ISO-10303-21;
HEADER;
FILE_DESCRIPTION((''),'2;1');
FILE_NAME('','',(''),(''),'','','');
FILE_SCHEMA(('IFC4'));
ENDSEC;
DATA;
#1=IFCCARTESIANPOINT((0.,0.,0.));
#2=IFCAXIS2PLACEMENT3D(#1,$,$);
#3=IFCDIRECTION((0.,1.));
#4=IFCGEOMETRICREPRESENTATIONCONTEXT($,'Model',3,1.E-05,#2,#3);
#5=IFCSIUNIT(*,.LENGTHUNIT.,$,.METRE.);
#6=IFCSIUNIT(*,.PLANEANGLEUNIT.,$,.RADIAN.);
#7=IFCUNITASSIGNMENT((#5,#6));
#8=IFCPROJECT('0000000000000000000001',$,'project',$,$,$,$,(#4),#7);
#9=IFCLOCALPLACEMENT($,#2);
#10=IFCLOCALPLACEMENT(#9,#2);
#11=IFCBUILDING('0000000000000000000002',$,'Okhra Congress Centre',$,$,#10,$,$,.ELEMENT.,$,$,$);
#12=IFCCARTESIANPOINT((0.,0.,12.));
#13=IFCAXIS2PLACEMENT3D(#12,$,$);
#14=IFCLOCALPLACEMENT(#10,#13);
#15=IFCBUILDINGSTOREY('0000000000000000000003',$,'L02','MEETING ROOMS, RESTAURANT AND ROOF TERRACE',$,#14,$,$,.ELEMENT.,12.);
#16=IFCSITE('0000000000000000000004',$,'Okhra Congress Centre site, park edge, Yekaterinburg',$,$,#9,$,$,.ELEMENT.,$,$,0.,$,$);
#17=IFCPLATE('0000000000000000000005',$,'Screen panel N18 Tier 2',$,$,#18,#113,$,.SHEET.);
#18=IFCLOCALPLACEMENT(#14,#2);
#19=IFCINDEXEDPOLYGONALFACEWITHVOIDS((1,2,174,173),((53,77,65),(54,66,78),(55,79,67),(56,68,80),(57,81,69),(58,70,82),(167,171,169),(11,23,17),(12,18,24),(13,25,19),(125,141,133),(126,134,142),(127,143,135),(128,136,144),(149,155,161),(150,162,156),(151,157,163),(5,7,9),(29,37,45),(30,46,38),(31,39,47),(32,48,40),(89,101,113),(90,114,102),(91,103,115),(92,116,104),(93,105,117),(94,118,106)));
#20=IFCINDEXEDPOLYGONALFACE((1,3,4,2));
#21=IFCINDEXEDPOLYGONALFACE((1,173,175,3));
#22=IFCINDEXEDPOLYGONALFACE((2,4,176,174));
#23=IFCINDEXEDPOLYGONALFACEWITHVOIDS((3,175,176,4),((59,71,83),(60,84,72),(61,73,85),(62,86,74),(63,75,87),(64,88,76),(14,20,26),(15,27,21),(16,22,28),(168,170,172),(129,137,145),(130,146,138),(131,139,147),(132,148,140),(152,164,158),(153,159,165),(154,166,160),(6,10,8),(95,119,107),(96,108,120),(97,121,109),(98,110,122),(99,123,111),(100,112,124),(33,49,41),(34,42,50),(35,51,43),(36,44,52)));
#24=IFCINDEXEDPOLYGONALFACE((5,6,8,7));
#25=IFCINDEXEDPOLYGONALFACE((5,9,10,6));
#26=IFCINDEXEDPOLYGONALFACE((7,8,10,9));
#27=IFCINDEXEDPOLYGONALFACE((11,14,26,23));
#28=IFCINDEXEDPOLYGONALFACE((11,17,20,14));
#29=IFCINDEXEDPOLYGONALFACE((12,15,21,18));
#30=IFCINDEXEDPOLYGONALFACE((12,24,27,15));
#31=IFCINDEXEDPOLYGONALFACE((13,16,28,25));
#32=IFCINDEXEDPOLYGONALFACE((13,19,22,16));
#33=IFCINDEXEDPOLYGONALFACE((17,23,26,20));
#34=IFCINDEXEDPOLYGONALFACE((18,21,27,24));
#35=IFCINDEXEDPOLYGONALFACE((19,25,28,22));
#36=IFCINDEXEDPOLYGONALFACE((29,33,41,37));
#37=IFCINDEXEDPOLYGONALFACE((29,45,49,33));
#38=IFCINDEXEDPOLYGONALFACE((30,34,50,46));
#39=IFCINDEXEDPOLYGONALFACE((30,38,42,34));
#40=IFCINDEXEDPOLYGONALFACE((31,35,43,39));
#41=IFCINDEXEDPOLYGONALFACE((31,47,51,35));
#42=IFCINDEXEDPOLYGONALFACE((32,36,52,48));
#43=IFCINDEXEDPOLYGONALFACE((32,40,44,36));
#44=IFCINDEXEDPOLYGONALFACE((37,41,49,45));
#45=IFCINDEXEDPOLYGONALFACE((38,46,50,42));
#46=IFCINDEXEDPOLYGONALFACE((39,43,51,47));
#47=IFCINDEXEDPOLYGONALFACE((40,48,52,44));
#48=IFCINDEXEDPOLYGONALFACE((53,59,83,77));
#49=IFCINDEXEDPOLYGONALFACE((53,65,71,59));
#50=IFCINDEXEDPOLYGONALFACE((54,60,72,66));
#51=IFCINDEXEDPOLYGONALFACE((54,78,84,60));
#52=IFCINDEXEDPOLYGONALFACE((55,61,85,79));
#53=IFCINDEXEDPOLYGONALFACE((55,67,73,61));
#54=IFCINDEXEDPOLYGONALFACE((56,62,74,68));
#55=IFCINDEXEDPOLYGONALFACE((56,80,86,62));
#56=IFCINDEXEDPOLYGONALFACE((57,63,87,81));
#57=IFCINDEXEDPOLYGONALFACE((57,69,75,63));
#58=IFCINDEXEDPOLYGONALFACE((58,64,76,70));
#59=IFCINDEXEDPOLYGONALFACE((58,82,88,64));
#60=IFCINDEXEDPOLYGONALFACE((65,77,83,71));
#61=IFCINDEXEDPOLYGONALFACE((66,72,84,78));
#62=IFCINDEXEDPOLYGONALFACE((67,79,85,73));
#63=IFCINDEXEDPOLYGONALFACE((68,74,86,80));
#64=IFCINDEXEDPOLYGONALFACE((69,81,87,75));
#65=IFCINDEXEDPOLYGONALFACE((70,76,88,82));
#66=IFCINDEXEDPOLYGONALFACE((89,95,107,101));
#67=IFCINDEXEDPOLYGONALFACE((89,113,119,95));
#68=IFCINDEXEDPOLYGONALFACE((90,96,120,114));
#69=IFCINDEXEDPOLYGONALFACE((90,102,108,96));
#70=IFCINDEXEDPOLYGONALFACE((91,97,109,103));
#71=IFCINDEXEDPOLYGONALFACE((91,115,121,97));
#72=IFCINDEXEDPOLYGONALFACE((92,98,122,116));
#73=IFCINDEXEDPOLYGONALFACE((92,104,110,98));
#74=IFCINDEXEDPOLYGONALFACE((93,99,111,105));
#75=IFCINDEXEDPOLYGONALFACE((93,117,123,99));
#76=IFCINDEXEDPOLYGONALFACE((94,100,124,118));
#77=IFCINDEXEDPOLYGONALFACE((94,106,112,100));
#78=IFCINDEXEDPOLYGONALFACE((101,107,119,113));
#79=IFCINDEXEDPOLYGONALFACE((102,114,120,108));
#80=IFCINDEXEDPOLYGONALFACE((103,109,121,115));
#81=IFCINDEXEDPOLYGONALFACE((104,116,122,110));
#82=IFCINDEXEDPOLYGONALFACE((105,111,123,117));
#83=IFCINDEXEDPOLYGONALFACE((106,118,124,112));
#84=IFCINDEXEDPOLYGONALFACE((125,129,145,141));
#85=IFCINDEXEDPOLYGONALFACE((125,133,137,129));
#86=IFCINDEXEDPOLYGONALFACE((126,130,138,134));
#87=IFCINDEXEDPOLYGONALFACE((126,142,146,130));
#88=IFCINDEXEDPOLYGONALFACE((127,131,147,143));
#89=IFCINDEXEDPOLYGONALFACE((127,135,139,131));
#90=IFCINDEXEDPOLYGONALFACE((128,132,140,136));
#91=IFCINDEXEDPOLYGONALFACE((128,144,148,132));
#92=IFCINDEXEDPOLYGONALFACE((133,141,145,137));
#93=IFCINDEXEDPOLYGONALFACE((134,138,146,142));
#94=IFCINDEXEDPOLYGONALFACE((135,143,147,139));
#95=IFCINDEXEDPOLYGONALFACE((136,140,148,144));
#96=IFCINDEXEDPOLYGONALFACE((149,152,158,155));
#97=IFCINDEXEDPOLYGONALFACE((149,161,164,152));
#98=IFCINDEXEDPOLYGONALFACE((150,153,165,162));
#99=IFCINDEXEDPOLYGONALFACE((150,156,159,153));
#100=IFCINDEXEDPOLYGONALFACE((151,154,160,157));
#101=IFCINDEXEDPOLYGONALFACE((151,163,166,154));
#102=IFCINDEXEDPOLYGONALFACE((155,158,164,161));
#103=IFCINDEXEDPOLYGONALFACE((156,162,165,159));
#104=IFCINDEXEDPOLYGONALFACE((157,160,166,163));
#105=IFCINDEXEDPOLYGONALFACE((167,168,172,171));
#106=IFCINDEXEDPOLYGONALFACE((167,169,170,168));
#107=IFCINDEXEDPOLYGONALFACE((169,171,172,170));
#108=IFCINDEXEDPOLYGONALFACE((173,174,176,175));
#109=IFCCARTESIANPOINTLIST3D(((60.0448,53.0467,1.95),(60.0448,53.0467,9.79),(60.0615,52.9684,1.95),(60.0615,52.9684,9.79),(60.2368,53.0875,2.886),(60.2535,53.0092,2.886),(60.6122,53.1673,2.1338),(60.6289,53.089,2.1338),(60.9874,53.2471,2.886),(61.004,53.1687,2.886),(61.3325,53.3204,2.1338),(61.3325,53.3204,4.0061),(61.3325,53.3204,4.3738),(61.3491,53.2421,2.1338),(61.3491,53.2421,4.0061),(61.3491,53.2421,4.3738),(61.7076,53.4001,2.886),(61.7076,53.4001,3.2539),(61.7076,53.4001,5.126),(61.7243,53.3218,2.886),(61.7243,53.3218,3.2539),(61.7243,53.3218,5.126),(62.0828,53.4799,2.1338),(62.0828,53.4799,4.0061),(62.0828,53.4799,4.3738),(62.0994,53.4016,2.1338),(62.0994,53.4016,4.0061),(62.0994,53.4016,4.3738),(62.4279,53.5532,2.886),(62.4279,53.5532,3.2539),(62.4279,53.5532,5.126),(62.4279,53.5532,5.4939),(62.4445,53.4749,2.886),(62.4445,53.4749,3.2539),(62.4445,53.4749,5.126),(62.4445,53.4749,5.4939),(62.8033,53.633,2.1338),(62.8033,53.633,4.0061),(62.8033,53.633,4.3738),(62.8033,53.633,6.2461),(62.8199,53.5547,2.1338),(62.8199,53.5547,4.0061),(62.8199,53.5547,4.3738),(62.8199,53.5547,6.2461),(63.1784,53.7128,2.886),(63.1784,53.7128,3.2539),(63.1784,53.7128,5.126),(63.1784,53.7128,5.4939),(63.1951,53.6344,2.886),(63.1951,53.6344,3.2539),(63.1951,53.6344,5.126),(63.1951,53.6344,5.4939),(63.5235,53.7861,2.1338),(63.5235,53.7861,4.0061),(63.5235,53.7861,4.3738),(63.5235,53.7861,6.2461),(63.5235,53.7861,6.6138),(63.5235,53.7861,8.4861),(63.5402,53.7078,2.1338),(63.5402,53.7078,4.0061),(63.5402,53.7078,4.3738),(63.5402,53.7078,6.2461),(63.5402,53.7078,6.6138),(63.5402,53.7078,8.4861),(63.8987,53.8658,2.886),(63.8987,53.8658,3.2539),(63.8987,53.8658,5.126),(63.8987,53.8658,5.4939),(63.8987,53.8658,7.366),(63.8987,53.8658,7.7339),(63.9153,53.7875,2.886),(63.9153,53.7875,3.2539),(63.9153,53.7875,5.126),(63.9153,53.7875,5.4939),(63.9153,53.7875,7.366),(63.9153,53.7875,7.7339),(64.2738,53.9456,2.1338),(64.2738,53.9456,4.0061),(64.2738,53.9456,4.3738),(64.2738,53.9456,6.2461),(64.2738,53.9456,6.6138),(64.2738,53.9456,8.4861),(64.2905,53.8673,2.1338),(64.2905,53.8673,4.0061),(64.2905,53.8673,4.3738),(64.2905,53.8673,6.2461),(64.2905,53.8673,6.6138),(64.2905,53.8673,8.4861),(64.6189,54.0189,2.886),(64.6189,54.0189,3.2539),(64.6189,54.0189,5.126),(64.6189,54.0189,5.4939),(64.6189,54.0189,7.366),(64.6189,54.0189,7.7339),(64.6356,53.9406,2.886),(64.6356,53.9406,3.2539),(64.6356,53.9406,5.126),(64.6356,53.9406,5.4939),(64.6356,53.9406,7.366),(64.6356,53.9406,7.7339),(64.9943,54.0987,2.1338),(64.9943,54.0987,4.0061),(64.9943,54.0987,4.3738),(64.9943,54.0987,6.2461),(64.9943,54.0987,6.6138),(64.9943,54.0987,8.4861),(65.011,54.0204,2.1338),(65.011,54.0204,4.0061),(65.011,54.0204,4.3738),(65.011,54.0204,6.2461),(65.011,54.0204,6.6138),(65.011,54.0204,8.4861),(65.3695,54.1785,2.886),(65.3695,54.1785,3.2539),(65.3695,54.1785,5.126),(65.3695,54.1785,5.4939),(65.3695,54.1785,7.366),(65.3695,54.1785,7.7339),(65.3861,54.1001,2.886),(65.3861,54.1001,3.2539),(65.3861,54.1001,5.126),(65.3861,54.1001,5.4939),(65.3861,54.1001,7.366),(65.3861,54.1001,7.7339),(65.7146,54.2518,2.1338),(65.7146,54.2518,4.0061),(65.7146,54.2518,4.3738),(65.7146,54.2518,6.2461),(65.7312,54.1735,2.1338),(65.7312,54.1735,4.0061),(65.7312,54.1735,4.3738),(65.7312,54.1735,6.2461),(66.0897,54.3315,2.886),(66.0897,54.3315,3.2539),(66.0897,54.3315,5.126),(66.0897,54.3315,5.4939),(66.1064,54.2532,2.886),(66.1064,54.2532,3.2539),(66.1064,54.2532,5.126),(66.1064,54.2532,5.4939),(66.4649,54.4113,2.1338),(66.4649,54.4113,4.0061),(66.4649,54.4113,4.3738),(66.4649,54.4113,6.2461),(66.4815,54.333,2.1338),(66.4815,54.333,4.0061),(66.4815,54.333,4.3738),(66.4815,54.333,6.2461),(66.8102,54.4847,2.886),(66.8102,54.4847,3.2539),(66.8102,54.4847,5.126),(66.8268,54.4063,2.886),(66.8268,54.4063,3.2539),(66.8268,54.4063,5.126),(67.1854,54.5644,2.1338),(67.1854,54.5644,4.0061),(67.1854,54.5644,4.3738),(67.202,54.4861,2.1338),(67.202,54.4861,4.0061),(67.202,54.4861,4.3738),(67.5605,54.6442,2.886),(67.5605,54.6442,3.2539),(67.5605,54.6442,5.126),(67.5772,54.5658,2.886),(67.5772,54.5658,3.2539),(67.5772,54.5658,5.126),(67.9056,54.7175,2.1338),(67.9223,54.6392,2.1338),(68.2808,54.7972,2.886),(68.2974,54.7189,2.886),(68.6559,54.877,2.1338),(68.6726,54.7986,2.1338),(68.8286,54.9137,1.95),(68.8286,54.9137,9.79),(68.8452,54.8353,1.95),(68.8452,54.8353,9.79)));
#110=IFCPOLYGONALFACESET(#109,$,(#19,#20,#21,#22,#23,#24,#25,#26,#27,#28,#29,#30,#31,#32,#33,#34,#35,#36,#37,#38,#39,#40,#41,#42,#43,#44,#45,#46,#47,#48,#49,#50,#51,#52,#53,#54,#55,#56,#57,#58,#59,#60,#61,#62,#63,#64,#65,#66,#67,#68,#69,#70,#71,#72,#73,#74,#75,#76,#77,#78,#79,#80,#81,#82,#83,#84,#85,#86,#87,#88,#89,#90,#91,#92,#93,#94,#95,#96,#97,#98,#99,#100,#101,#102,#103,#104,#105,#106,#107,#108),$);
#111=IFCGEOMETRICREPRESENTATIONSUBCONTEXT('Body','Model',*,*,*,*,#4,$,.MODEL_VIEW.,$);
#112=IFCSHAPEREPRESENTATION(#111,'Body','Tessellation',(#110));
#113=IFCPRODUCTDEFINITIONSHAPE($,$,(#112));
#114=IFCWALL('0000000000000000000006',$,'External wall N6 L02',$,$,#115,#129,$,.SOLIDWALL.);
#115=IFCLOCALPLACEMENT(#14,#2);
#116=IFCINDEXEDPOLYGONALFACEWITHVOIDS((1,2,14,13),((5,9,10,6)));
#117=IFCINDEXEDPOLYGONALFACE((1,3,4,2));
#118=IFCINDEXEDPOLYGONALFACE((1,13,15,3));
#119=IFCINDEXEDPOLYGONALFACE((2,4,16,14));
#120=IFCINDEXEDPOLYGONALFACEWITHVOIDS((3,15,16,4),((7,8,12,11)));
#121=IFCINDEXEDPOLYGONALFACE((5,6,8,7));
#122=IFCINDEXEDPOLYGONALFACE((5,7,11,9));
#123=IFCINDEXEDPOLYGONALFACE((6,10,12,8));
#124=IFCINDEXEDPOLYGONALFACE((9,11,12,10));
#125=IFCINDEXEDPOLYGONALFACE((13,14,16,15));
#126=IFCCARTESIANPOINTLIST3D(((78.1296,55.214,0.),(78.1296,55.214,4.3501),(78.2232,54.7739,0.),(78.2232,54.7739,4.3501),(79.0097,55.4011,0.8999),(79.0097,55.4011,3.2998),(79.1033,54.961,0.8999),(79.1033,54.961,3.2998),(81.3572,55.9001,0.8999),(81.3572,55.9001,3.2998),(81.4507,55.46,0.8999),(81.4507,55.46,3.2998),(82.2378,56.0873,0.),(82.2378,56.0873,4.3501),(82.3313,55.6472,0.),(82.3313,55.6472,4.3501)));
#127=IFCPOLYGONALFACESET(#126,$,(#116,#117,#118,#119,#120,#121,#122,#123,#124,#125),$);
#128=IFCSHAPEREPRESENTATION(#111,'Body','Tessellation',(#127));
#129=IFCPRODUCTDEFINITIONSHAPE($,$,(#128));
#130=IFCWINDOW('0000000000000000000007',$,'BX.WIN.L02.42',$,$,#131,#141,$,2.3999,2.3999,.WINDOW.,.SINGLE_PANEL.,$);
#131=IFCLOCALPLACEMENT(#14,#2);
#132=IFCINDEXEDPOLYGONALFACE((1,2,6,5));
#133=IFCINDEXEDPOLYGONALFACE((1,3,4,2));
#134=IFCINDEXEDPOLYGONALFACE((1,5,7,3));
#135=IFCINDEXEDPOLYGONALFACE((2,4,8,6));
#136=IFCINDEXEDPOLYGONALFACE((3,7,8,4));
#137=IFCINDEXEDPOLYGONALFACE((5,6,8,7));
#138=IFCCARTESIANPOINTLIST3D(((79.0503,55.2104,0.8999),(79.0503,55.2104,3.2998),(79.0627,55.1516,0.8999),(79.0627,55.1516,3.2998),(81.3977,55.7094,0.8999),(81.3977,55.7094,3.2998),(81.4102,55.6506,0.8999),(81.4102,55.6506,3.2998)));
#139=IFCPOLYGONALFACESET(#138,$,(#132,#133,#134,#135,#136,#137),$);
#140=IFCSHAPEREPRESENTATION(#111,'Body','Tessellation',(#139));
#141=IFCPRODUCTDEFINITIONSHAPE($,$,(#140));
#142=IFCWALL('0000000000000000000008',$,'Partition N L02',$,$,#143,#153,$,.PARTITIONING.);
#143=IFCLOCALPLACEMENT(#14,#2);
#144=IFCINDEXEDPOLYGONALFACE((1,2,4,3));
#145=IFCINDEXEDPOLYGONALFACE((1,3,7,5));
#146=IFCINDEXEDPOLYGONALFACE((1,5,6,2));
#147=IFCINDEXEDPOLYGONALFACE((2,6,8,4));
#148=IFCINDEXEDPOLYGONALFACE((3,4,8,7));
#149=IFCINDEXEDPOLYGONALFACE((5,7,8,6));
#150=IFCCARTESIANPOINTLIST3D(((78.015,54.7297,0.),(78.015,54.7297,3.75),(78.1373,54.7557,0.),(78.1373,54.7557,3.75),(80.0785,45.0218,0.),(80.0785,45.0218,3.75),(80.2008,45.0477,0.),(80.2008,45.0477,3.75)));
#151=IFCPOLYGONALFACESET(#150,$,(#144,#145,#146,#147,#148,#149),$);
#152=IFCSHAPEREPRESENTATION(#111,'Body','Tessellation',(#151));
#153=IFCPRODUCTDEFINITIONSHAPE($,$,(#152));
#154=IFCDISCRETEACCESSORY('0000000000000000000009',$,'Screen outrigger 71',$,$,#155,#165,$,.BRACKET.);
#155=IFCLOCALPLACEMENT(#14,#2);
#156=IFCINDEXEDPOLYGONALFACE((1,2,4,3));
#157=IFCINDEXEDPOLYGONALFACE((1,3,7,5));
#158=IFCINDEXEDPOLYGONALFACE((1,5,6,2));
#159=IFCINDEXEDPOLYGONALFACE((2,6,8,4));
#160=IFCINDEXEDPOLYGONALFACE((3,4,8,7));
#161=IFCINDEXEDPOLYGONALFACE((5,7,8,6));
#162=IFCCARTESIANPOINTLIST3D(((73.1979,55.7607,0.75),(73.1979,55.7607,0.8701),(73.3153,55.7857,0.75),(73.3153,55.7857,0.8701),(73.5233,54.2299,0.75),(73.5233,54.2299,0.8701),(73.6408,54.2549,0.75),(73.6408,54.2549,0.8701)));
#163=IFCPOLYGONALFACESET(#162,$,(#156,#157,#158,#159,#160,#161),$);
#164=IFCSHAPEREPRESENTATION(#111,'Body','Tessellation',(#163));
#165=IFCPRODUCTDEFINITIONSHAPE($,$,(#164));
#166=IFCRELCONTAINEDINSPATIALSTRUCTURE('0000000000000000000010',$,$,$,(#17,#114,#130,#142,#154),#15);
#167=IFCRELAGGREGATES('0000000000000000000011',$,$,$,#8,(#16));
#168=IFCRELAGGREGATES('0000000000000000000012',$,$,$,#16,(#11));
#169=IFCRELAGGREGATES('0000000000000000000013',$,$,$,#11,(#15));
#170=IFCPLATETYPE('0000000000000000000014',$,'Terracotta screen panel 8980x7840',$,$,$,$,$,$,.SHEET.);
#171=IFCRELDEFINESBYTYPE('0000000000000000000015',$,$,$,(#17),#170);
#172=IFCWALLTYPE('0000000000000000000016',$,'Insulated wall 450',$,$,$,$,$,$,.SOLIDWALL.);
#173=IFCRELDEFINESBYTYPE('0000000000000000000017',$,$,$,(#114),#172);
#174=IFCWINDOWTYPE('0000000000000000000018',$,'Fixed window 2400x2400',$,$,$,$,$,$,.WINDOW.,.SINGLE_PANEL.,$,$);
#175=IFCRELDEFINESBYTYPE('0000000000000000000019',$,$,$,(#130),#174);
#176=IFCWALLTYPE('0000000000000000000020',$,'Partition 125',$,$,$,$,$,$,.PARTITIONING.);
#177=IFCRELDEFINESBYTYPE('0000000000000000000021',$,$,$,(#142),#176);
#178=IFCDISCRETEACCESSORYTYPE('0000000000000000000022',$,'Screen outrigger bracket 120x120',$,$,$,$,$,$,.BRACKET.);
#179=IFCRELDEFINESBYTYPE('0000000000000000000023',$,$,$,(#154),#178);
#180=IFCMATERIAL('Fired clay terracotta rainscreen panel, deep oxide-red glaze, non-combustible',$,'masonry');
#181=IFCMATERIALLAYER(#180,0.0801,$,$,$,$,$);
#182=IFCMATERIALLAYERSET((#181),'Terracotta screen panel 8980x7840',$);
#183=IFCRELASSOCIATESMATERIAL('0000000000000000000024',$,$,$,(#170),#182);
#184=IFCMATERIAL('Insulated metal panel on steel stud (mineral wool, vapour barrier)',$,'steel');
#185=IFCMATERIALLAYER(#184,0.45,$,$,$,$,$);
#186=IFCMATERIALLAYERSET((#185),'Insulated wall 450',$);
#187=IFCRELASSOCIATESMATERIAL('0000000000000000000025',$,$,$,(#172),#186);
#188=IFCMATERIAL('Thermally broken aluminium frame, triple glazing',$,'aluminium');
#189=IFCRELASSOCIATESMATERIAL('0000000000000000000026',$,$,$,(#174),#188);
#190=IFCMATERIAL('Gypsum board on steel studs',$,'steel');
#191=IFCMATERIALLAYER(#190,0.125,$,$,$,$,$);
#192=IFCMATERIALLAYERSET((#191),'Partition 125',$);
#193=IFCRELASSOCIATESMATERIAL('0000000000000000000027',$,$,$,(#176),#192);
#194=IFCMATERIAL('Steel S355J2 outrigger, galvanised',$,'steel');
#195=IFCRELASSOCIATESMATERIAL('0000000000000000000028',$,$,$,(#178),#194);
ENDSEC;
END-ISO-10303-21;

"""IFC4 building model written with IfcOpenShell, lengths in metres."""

from ifc_helpers import new_model, si_unit, direction, frame, frame_2d, origin, origin_2d, place, context, subcontext, project, spatial, polyline, rectangle, outline, extrude, material, layer, layer_set, material_profile, profile_set, type_object, element, fill, save


model = new_model("IFC4")

# Units and contexts
model_context = context("Model", 3, precision=1e-05, world=origin(), true_north=direction((0.0, 1.0)))
body_context = subcontext(model_context, "Body", "Model", "MODEL_VIEW")
ifc_project = project(units=[si_unit("LENGTHUNIT", "METRE"), si_unit("PLANEANGLEUNIT", "RADIAN")], contexts=[model_context])

# Site, building, storey
site_placement = place(None, origin())
site = spatial("IfcSite", under=ifc_project, at=site_placement, Name="Okhra Congress Centre site, park edge, Yekaterinburg", CompositionType="ELEMENT", RefElevation=0.0)
building_placement = place(site_placement, origin())
building = spatial("IfcBuilding", under=site, at=building_placement, Name="Okhra Congress Centre", CompositionType="ELEMENT")
storey_placement = place(building_placement, frame((0.0, 0.0, 12.0)))
storey = spatial("IfcBuildingStorey", under=building, at=storey_placement, Name="L02", Description="MEETING ROOMS, RESTAURANT AND ROOF TERRACE", CompositionType="ELEMENT", Elevation=12.0)

# Plate
ifc_material_1 = material(Name="Fired clay terracotta rainscreen panel, deep oxide-red glaze, non-combustible", Category="masonry")
ifc_layer_1 = layer(ifc_material_1, 0.0801)
ifc_layer_set_1 = layer_set([ifc_layer_1], Name="Terracotta screen panel 8980x7840")
plate_type = type_object("IfcPlateType", Name="Terracotta screen panel 8980x7840", PredefinedType="SHEET", material=ifc_layer_set_1)
plate_1_placement = place(storey_placement, frame((68.8369, 54.8745, 1.95), z_axis=(0.0, 0.0, 1.0), x_axis=(-0.97815, -0.207902, 0.0)))
element("IfcPlate", 1, at=plate_1_placement, inside=storey, type_object=plate_type, Name="Screen panel N18 Tier 2", PredefinedType="SHEET", context=body_context, shape_type="SweptSolid", body=[
    extrude(outline(polyline([(0.0, 0.0), (8.98, 0.0), (8.98, 7.8401), (0.0, 7.8401), (0.0, 0.0)]), holes=[polyline([(0.1765, 0.1838), (0.9436, 0.1838), (0.5601, 0.936), (0.1765, 0.1838)]), polyline([(1.2964, 0.936), (1.6799, 0.1838), (2.0635, 0.936), (1.2964, 0.936)]), polyline([(2.4165, 0.1838), (3.1836, 0.1838), (2.8, 0.936), (2.4165, 0.1838)]), polyline([(3.5364, 0.936), (3.9199, 0.1838), (4.3037, 0.936), (3.5364, 0.936)]), polyline([(4.6565, 0.1838), (5.4236, 0.1838), (5.04, 0.936), (4.6565, 0.1838)]), polyline([(5.7764, 0.936), (6.1599, 0.1838), (6.5437, 0.936), (5.7764, 0.936)]), polyline([(6.8965, 0.1838), (7.6636, 0.1838), (7.28, 0.936), (6.8965, 0.1838)]), polyline([(8.0164, 0.936), (8.3999, 0.1838), (8.7837, 0.936), (8.0164, 0.936)]), polyline([(1.2964, 1.304), (2.0635, 1.304), (1.6799, 2.0562), (1.2964, 1.304)]), polyline([(2.4165, 2.0562), (2.8, 1.304), (3.1836, 2.0562), (2.4165, 2.0562)]), polyline([(3.5364, 1.304), (4.3037, 1.304), (3.9199, 2.0562), (3.5364, 1.304)]), polyline([(4.6565, 2.0562), (5.04, 1.304), (5.4236, 2.0562), (4.6565, 2.0562)]), polyline([(5.7764, 1.304), (6.5437, 1.304), (6.1599, 2.0562), (5.7764, 1.304)]), polyline([(6.8965, 2.0562), (7.28, 1.304), (7.6636, 2.0562), (6.8965, 2.0562)]), polyline([(1.2964, 3.176), (1.6799, 2.4238), (2.0635, 3.176), (1.2964, 3.176)]), polyline([(2.4165, 2.4238), (3.1836, 2.4238), (2.8, 3.176), (2.4165, 2.4238)]), polyline([(3.5364, 3.176), (3.9199, 2.4238), (4.3037, 3.176), (3.5364, 3.176)]), polyline([(4.6565, 2.4238), (5.4236, 2.4238), (5.04, 3.176), (4.6565, 2.4238)]), polyline([(5.7764, 3.176), (6.1599, 2.4238), (6.5437, 3.176), (5.7764, 3.176)]), polyline([(6.8965, 2.4238), (7.6636, 2.4238), (7.28, 3.176), (6.8965, 2.4238)]), polyline([(2.4165, 4.2961), (2.8, 3.5439), (3.1836, 4.2961), (2.4165, 4.2961)]), polyline([(3.5364, 3.5439), (4.3037, 3.5439), (3.9199, 4.2961), (3.5364, 3.5439)]), polyline([(4.6565, 4.2961), (5.04, 3.5439), (5.4236, 4.2961), (4.6565, 4.2961)]), polyline([(5.7764, 3.5439), (6.5437, 3.5439), (6.1599, 4.2961), (5.7764, 3.5439)]), polyline([(3.5364, 5.416), (3.9199, 4.6638), (4.3037, 5.416), (3.5364, 5.416)]), polyline([(4.6565, 4.6638), (5.4236, 4.6638), (5.04, 5.416), (4.6565, 4.6638)]), polyline([(3.5364, 5.7839), (4.3037, 5.7839), (3.9199, 6.5361), (3.5364, 5.7839)]), polyline([(4.6565, 6.5361), (5.04, 5.7839), (5.4236, 6.5361), (4.6565, 6.5361)])]), frame((0.0, 0.04, 0.0), z_axis=(0.0, -1.0, 0.0), x_axis=(1.0, 0.0, 0.0)), (0.0, 0.0, 1.0), 0.0801),
])

# Wall, opening, window
ifc_material_2 = material(Name="Insulated metal panel on steel stud (mineral wool, vapour barrier)", Category="steel")
ifc_layer_2 = layer(ifc_material_2, 0.45)
ifc_layer_set_2 = layer_set([ifc_layer_2], Name="Insulated wall 450")
wall_type_1 = type_object("IfcWallType", Name="Insulated wall 450", PredefinedType="SOLIDWALL", material=ifc_layer_set_2)
wall_1_placement = place(storey_placement, frame((78.1763, 54.9939, 0.0), z_axis=(0.0, 0.0, 1.0), x_axis=(0.978144, 0.207929, 0.0)))
wall_1 = element("IfcWall", 2, at=wall_1_placement, inside=storey, type_object=wall_type_1, Name="External wall N6 L02", PredefinedType="SOLIDWALL", context=body_context, shape_type="SweptSolid", body=[
    extrude(rectangle(XDim=4.2, YDim=0.45, at=frame_2d((2.1001, 0.0))), origin(), (0.0, 0.0, 1.0), 4.3501),
])
opening_placement = place(wall_1_placement, frame((0.8999, 0.0, 0.8999)))
opening = element("IfcOpeningElement", 3, at=opening_placement, cuts=wall_1, PredefinedType="OPENING", context=body_context, shape_type="SweptSolid", body=[
    extrude(rectangle(XDim=2.3999, YDim=2.3999, at=frame_2d((1.2, 1.2))), frame((0.0, 0.2349, 0.0), z_axis=(0.0, -1.0, 0.0), x_axis=(1.0, 0.0, 0.0)), (0.0, 0.0, 1.0), 0.47),
])
ifc_material_3 = material(Name="Thermally broken aluminium frame, triple glazing", Category="aluminium")
window_type = type_object("IfcWindowType", Name="Fixed window 2400x2400", PartitioningType="SINGLE_PANEL", PredefinedType="WINDOW", material=ifc_material_3)
window_placement = place(opening_placement, origin())
window = element("IfcWindow", 4, at=window_placement, inside=storey, type_object=window_type, Name="BX.WIN.L02.42", OverallHeight=2.3999, OverallWidth=2.3999, PartitioningType="SINGLE_PANEL", PredefinedType="WINDOW", context=body_context, shape_type="SweptSolid", body=[
    extrude(rectangle(XDim=2.3999, YDim=2.3999, at=frame_2d((1.2, 1.2))), frame((0.0, 0.03, 0.0), z_axis=(0.0, -1.0, 0.0), x_axis=(1.0, 0.0, 0.0)), (0.0, 0.0, 1.0), 0.0601),
])
fill(opening, window)

# Wall
ifc_material_4 = material(Name="Gypsum board on steel studs", Category="steel")
ifc_layer_3 = layer(ifc_material_4, 0.125)
ifc_layer_set_3 = layer_set([ifc_layer_3], Name="Partition 125")
wall_type_2 = type_object("IfcWallType", Name="Partition 125", PredefinedType="PARTITIONING", material=ifc_layer_set_3)
wall_2_placement = place(storey_placement, frame((78.0762, 54.7427, 0.0), z_axis=(0.0, 0.0, 1.0), x_axis=(0.207909, -0.978148, 0.0)))
element("IfcWall", 5, at=wall_2_placement, inside=storey, type_object=wall_type_2, Name="Partition N L02", PredefinedType="PARTITIONING", context=body_context, shape_type="SweptSolid", body=[
    extrude(rectangle(XDim=9.9248, YDim=0.125, at=frame_2d((4.9624, 0.0))), origin(), (0.0, 0.0, 1.0), 3.75),
])

# Discrete accessory
ifc_material_5 = material(Name="Steel S355J2 outrigger, galvanised", Category="steel")
ifc_material_profile_1 = material_profile(ifc_material_5, rectangle(XDim=0.1201, YDim=0.1201, at=origin_2d()), Name="Screen outrigger bracket 120x120")
ifc_profile_set_1 = profile_set([ifc_material_profile_1], Name="Steel S355J2 outrigger, galvanised")
discrete_accessory_type = type_object("IfcDiscreteAccessoryType", Name="Screen outrigger bracket 120x120", PredefinedType="BRACKET", material=ifc_profile_set_1)
for number, where, z_axis, x_axis, name in (
    (6, (73.582, 54.2424, 0.8101), (-0.207952, 0.978139, 0.0), (-0.978139, -0.207952, 0.0), "Screen outrigger 71"),
):
    element("IfcDiscreteAccessory", number, at=place(storey_placement, frame(where, z_axis=z_axis, x_axis=x_axis)), inside=storey, type_object=discrete_accessory_type, Name=name, PredefinedType="BRACKET", context=body_context, shape_type="SweptSolid", body=[
        extrude(rectangle(XDim=0.1201, YDim=0.1201, at=origin_2d()), origin(), (0.0, 0.0, 1.0), 1.5649),
    ])

save(model, "model.ifc")
